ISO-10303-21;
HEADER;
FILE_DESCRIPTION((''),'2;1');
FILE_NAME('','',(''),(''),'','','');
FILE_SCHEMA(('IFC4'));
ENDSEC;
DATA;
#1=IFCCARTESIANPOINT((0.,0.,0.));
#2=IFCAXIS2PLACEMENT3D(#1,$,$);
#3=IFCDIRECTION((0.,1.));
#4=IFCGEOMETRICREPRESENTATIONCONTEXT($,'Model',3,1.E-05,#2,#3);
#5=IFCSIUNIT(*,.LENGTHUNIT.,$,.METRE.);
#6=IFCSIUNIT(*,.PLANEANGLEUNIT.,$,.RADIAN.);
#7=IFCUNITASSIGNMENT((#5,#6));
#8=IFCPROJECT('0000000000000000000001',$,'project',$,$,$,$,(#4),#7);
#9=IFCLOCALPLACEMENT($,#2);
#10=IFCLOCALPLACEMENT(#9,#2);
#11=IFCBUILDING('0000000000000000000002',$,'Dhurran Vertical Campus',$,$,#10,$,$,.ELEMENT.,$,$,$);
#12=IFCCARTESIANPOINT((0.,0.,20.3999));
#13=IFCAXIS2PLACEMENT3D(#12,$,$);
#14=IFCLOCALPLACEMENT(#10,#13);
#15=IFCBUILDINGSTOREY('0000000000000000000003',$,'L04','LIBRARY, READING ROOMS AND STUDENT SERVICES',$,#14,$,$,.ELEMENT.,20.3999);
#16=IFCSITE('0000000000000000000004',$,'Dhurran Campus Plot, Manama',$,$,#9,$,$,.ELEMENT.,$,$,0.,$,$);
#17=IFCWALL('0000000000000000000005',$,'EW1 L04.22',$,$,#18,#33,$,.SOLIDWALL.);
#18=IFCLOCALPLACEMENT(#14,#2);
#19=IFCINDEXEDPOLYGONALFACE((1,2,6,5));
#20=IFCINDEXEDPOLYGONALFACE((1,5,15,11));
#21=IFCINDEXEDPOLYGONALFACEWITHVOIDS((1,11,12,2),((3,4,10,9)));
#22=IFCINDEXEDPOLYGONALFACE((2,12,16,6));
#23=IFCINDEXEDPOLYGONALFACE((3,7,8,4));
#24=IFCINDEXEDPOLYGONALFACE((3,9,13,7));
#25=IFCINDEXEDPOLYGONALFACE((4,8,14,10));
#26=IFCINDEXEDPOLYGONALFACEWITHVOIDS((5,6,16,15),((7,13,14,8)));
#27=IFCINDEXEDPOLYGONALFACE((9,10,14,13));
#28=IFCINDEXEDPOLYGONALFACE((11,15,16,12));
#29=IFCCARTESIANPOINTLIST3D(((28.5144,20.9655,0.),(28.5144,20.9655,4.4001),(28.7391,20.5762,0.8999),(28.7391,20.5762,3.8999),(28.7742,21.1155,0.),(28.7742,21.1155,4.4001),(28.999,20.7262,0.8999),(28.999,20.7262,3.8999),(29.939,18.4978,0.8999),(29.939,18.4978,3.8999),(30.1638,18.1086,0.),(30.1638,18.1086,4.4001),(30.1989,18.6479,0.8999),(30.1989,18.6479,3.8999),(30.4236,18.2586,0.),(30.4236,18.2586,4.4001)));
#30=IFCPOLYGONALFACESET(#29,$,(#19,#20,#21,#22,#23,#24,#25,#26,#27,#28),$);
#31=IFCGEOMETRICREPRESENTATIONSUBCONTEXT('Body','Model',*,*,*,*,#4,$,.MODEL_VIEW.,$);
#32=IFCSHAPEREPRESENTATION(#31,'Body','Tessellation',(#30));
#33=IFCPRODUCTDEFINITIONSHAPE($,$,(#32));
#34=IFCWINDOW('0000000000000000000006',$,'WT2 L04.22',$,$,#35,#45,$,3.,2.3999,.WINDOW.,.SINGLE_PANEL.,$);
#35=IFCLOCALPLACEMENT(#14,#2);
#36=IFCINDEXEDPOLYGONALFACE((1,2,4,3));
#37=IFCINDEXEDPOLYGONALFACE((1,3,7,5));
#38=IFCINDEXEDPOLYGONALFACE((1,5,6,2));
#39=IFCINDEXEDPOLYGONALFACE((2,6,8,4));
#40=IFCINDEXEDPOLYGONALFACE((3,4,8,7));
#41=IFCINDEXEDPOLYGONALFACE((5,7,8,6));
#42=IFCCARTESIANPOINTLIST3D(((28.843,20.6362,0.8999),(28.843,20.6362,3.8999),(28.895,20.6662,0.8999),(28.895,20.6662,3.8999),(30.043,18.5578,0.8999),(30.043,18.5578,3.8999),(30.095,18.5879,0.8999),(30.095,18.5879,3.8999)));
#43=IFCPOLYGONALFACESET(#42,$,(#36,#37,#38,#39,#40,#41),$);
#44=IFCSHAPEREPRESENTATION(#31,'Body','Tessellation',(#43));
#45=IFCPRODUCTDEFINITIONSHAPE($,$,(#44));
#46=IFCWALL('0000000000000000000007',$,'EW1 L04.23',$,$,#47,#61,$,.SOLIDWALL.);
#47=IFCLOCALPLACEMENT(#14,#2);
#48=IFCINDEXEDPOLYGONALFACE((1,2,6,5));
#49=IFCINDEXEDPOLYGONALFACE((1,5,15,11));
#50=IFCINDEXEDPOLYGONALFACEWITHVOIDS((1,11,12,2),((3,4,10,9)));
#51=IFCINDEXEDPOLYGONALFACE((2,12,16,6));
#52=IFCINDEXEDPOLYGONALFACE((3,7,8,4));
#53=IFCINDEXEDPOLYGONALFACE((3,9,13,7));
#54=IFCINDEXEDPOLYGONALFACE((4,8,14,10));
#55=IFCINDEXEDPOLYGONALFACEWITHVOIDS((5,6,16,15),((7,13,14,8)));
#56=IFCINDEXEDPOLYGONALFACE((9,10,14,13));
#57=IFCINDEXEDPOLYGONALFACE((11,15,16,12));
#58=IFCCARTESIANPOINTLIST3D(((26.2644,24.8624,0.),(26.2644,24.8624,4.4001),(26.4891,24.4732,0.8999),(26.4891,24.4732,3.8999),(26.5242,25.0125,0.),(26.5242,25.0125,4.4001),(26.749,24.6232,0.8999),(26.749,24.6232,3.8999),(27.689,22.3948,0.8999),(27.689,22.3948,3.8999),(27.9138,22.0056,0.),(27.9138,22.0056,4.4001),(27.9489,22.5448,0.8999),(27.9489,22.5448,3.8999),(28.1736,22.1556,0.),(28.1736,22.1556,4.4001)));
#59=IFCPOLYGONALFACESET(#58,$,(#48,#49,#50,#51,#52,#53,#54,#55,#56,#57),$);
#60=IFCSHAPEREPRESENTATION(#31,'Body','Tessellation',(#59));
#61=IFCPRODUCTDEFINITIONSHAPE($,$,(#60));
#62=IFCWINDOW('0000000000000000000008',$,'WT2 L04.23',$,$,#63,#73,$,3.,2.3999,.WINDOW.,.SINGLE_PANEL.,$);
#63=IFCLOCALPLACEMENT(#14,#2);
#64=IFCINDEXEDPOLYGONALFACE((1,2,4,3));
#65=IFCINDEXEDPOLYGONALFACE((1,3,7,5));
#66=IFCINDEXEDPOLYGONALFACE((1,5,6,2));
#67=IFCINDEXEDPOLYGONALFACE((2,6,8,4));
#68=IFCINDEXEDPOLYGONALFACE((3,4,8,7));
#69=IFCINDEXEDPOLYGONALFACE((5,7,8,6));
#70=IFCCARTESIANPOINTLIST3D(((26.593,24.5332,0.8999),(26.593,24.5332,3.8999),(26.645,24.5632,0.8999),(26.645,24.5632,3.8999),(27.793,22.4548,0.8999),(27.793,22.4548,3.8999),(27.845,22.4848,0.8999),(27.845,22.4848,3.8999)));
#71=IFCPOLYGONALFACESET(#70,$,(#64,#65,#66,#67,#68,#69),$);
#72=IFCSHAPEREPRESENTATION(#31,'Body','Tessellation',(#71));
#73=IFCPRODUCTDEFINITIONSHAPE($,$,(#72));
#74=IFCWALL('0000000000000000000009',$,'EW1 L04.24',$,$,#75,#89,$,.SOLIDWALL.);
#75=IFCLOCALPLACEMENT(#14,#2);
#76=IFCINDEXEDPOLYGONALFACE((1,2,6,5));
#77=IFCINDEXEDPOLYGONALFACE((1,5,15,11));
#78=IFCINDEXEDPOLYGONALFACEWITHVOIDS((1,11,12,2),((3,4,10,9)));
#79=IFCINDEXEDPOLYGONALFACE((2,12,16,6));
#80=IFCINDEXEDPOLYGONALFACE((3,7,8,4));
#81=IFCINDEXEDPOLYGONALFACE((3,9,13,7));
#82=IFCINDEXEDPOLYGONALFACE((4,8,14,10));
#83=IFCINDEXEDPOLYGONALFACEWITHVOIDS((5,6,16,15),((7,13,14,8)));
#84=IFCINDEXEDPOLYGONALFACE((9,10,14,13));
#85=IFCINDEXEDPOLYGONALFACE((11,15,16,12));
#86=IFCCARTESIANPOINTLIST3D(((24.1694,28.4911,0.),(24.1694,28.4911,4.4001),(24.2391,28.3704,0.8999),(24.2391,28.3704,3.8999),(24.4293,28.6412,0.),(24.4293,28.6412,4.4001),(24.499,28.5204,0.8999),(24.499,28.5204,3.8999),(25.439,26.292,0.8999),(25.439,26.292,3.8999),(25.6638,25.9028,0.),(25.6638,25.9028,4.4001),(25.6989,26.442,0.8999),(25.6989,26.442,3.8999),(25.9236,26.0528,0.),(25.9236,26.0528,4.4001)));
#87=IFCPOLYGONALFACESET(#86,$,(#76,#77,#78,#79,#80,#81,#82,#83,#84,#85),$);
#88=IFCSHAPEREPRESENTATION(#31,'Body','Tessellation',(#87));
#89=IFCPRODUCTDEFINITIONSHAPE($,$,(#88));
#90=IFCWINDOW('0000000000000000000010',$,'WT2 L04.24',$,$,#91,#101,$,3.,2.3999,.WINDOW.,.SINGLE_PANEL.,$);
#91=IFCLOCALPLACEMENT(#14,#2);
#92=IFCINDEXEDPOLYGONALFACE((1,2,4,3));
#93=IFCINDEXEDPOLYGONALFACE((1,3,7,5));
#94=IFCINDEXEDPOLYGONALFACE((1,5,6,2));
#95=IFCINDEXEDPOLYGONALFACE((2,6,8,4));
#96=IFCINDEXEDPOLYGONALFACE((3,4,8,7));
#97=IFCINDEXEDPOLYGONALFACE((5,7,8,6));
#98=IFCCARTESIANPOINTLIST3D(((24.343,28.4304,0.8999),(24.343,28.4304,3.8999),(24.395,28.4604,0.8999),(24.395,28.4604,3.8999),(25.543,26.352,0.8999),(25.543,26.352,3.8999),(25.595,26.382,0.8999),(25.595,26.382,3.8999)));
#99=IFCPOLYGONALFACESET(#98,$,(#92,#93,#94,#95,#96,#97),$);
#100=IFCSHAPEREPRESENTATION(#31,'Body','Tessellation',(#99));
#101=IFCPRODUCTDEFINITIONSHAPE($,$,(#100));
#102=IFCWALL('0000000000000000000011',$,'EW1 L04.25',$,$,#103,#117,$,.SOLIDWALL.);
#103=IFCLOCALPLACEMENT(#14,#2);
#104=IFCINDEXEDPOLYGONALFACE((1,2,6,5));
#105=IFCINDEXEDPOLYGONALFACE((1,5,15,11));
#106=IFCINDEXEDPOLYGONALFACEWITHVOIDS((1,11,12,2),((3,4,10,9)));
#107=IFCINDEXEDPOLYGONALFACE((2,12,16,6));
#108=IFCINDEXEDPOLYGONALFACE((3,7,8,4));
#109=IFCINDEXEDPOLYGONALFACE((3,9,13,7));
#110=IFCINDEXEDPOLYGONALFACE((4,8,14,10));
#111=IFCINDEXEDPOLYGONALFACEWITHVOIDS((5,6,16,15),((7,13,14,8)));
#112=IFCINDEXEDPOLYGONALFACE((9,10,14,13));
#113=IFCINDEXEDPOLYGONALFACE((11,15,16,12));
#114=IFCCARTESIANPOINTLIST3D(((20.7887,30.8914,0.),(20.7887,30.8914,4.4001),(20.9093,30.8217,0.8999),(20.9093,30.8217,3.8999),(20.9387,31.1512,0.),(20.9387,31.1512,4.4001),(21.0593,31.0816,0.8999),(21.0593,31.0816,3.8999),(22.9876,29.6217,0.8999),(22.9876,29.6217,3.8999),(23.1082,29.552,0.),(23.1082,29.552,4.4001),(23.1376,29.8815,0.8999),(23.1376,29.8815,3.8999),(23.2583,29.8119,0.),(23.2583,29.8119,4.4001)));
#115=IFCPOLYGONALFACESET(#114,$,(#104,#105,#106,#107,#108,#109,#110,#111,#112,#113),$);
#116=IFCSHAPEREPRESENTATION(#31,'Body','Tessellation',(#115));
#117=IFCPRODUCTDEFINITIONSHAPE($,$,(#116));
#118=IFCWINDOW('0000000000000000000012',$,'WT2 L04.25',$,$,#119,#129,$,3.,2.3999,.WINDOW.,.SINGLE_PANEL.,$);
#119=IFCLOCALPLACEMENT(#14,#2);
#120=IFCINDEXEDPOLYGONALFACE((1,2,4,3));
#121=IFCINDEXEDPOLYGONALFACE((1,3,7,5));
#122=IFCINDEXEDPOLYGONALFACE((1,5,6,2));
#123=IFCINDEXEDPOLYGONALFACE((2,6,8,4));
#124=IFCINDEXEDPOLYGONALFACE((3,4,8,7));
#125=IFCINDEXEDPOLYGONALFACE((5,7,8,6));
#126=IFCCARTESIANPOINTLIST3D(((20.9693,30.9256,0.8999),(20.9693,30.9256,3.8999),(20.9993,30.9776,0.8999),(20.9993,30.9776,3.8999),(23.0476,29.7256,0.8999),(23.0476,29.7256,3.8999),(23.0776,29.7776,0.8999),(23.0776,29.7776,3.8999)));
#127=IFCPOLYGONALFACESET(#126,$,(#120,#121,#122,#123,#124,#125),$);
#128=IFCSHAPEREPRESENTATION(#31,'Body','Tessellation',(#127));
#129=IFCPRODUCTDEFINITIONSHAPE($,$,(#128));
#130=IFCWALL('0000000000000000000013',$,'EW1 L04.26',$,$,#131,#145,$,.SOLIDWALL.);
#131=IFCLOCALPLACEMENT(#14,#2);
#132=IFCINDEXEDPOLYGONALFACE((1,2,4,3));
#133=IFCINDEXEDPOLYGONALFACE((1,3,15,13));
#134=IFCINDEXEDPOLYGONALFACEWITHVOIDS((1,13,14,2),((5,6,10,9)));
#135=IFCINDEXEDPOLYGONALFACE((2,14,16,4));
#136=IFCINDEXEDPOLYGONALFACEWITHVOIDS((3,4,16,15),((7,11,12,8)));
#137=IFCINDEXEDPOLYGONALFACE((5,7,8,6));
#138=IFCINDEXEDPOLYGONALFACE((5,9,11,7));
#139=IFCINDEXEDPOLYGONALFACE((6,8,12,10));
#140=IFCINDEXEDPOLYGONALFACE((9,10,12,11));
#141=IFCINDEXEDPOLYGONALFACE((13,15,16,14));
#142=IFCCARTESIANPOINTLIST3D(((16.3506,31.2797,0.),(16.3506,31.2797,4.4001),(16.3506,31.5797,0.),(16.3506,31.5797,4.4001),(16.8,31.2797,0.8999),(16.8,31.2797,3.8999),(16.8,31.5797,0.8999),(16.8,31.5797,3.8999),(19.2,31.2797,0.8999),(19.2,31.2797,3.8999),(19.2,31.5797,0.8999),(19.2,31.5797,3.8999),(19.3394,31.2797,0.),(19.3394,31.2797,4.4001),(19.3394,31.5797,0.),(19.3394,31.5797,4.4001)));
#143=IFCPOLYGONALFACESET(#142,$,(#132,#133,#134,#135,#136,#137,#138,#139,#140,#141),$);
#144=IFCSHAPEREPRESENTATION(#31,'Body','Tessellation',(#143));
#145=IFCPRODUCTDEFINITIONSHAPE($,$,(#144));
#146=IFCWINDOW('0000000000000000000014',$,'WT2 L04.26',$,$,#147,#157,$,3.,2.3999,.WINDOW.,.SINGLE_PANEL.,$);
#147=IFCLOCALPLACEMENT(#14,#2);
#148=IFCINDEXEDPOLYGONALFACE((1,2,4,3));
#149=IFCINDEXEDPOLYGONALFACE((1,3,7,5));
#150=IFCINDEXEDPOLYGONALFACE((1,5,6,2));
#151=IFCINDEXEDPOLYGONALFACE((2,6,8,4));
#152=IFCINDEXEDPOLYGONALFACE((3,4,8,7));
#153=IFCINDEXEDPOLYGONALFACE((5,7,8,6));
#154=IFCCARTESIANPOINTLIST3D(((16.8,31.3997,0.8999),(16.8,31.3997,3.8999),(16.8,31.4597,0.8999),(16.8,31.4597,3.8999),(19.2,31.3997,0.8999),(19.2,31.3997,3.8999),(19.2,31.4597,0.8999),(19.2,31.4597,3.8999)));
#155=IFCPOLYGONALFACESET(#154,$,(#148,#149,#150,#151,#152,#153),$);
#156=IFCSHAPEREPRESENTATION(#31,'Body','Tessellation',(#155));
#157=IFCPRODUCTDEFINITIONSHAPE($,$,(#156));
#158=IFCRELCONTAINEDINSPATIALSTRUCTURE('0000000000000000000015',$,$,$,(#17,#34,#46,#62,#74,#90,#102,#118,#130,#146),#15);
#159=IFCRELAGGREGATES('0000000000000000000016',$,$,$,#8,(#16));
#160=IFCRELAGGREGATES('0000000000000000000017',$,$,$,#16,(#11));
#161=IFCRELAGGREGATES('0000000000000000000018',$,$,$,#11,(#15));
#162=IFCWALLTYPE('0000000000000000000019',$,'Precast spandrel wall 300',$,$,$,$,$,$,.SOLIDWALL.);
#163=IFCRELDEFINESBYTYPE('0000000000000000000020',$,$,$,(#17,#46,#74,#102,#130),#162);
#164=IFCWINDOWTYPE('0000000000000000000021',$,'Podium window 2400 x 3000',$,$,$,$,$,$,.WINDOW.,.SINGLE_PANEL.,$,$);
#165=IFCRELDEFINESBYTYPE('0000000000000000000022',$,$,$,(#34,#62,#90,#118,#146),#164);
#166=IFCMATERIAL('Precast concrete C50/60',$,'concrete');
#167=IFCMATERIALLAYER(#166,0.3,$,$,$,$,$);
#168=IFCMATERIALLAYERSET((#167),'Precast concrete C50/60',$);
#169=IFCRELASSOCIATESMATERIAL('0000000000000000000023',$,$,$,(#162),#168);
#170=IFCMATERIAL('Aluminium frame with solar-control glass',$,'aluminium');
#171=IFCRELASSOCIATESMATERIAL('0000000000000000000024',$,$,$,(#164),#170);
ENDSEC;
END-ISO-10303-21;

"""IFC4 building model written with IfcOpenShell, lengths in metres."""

from ifc_helpers import new_model, si_unit, direction, frame, frame_2d, origin, place, context, subcontext, project, spatial, rectangle, extrude, material, layer, layer_set, type_object, element, fill, save


model = new_model("IFC4")

# Units and contexts
model_context = context("Model", 3, precision=1e-05, world=origin(), true_north=direction((0.0, 1.0)))
body_context = subcontext(model_context, "Body", "Model", "MODEL_VIEW")
ifc_project = project(units=[si_unit("LENGTHUNIT", "METRE"), si_unit("PLANEANGLEUNIT", "RADIAN")], contexts=[model_context])

# Site, building, storey
site_placement = place(None, origin())
site = spatial("IfcSite", under=ifc_project, at=site_placement, Name="Dhurran Campus Plot, Manama", CompositionType="ELEMENT", RefElevation=0.0)
building_placement = place(site_placement, origin())
building = spatial("IfcBuilding", under=site, at=building_placement, Name="Dhurran Vertical Campus", CompositionType="ELEMENT")
storey_placement = place(building_placement, frame((0.0, 0.0, 20.3999)))
storey = spatial("IfcBuildingStorey", under=building, at=storey_placement, Name="L04", Description="LIBRARY, READING ROOMS AND STUDENT SERVICES", CompositionType="ELEMENT", Elevation=20.3999)

# Walls, openings, windows
ifc_material_1 = material(Name="Precast concrete C50/60", Category="concrete")
ifc_layer_1 = layer(ifc_material_1, 0.3)
ifc_layer_set_1 = layer_set([ifc_layer_1], Name="Precast concrete C50/60")
wall_type_1 = type_object("IfcWallType", Name="Precast spandrel wall 300", PredefinedType="SOLIDWALL", material=ifc_layer_set_1)
ifc_material_2 = material(Name="Aluminium frame with solar-control glass", Category="aluminium")
window_type = type_object("IfcWindowType", Name="Podium window 2400 x 3000", PartitioningType="SINGLE_PANEL", PredefinedType="WINDOW", material=ifc_material_2)
wall_1_placement = place(storey_placement, frame((30.2937, 18.1836, 0.0), z_axis=(0.0, 0.0, 1.0), x_axis=(-0.499992, 0.86603, 0.0)))
wall_1 = element("IfcWall", 1, at=wall_1_placement, inside=storey, type_object=wall_type_1, Name="EW1 L04.22", PredefinedType="SOLIDWALL", context=body_context, shape_type="SweptSolid", body=[
    extrude(rectangle(XDim=3.2988, YDim=0.3, at=frame_2d((1.6494, 0.0))), origin(), (0.0, 0.0, 1.0), 4.4001),
])
opening_1_placement = place(wall_1_placement, frame((0.4495, 0.0, 0.8999)))
opening_1 = element("IfcOpeningElement", 2, at=opening_1_placement, cuts=wall_1, PredefinedType="OPENING", context=body_context, shape_type="SweptSolid", body=[
    extrude(rectangle(XDim=2.3999, YDim=3.0, at=frame_2d((1.2, 1.5))), frame((0.0, 0.1599, 0.0), z_axis=(0.0, -1.0, 0.0), x_axis=(1.0, 0.0, 0.0)), (0.0, 0.0, 1.0), 0.3201),
])
window_1_placement = place(opening_1_placement, origin())
window_1 = element("IfcWindow", 3, at=window_1_placement, inside=storey, type_object=window_type, Name="WT2 L04.22", OverallHeight=3.0, OverallWidth=2.3999, PartitioningType="SINGLE_PANEL", PredefinedType="WINDOW", context=body_context, shape_type="SweptSolid", body=[
    extrude(rectangle(XDim=2.3999, YDim=3.0, at=frame_2d((1.2, 1.5))), frame((0.0, 0.03, 0.0), z_axis=(0.0, -1.0, 0.0), x_axis=(1.0, 0.0, 0.0)), (0.0, 0.0, 1.0), 0.0601),
])
fill(opening_1, window_1)
wall_2_placement = place(storey_placement, frame((28.0437, 22.0806, 0.0), z_axis=(0.0, 0.0, 1.0), x_axis=(-0.499992, 0.86603, 0.0)))
wall_2 = element("IfcWall", 4, at=wall_2_placement, inside=storey, type_object=wall_type_1, Name="EW1 L04.23", PredefinedType="SOLIDWALL", context=body_context, shape_type="SweptSolid", body=[
    extrude(rectangle(XDim=3.2988, YDim=0.3, at=frame_2d((1.6494, 0.0))), origin(), (0.0, 0.0, 1.0), 4.4001),
])
opening_2_placement = place(wall_2_placement, frame((0.4495, 0.0, 0.8999)))
opening_2 = element("IfcOpeningElement", 5, at=opening_2_placement, cuts=wall_2, PredefinedType="OPENING", context=body_context, shape_type="SweptSolid", body=[
    extrude(rectangle(XDim=2.3999, YDim=3.0, at=frame_2d((1.2, 1.5))), frame((0.0, 0.1599, 0.0), z_axis=(0.0, -1.0, 0.0), x_axis=(1.0, 0.0, 0.0)), (0.0, 0.0, 1.0), 0.3201),
])
window_2_placement = place(opening_2_placement, origin())
window_2 = element("IfcWindow", 6, at=window_2_placement, inside=storey, type_object=window_type, Name="WT2 L04.23", OverallHeight=3.0, OverallWidth=2.3999, PartitioningType="SINGLE_PANEL", PredefinedType="WINDOW", context=body_context, shape_type="SweptSolid", body=[
    extrude(rectangle(XDim=2.3999, YDim=3.0, at=frame_2d((1.2, 1.5))), frame((0.0, 0.03, 0.0), z_axis=(0.0, -1.0, 0.0), x_axis=(1.0, 0.0, 0.0)), (0.0, 0.0, 1.0), 0.0601),
])
fill(opening_2, window_2)
wall_3_placement = place(storey_placement, frame((25.7937, 25.9778, 0.0), z_axis=(0.0, 0.0, 1.0), x_axis=(-0.499996, 0.866028, 0.0)))
wall_3 = element("IfcWall", 7, at=wall_3_placement, inside=storey, type_object=wall_type_1, Name="EW1 L04.24", PredefinedType="SOLIDWALL", context=body_context, shape_type="SweptSolid", body=[
    extrude(rectangle(XDim=2.9888, YDim=0.3, at=frame_2d((1.4944, 0.0))), origin(), (0.0, 0.0, 1.0), 4.4001),
])
opening_3_placement = place(wall_3_placement, frame((0.4495, 0.0, 0.8999)))
opening_3 = element("IfcOpeningElement", 8, at=opening_3_placement, cuts=wall_3, PredefinedType="OPENING", context=body_context, shape_type="SweptSolid", body=[
    extrude(rectangle(XDim=2.3999, YDim=3.0, at=frame_2d((1.2, 1.5))), frame((0.0, 0.1599, 0.0), z_axis=(0.0, -1.0, 0.0), x_axis=(1.0, 0.0, 0.0)), (0.0, 0.0, 1.0), 0.3201),
])
window_3_placement = place(opening_3_placement, origin())
window_3 = element("IfcWindow", 9, at=window_3_placement, inside=storey, type_object=window_type, Name="WT2 L04.24", OverallHeight=3.0, OverallWidth=2.3999, PartitioningType="SINGLE_PANEL", PredefinedType="WINDOW", context=body_context, shape_type="SweptSolid", body=[
    extrude(rectangle(XDim=2.3999, YDim=3.0, at=frame_2d((1.2, 1.5))), frame((0.0, 0.03, 0.0), z_axis=(0.0, -1.0, 0.0), x_axis=(1.0, 0.0, 0.0)), (0.0, 0.0, 1.0), 0.0601),
])
fill(opening_3, window_3)
wall_4_placement = place(storey_placement, frame((23.1833, 29.6819, 0.0), z_axis=(0.0, 0.0, 1.0), x_axis=(-0.866002, 0.500041, 0.0)))
wall_4 = element("IfcWall", 10, at=wall_4_placement, inside=storey, type_object=wall_type_1, Name="EW1 L04.25", PredefinedType="SOLIDWALL", context=body_context, shape_type="SweptSolid", body=[
    extrude(rectangle(XDim=2.6785, YDim=0.3, at=frame_2d((1.3394, 0.0))), origin(), (0.0, 0.0, 1.0), 4.4001),
])
opening_4_placement = place(wall_4_placement, frame((0.1394, 0.0, 0.8999)))
opening_4 = element("IfcOpeningElement", 11, at=opening_4_placement, cuts=wall_4, PredefinedType="OPENING", context=body_context, shape_type="SweptSolid", body=[
    extrude(rectangle(XDim=2.3999, YDim=3.0, at=frame_2d((1.2, 1.5))), frame((0.0, 0.1599, 0.0), z_axis=(0.0, -1.0, 0.0), x_axis=(1.0, 0.0, 0.0)), (0.0, 0.0, 1.0), 0.3201),
])
window_4_placement = place(opening_4_placement, origin())
window_4 = element("IfcWindow", 12, at=window_4_placement, inside=storey, type_object=window_type, Name="WT2 L04.25", OverallHeight=3.0, OverallWidth=2.3999, PartitioningType="SINGLE_PANEL", PredefinedType="WINDOW", context=body_context, shape_type="SweptSolid", body=[
    extrude(rectangle(XDim=2.3999, YDim=3.0, at=frame_2d((1.2, 1.5))), frame((0.0, 0.03, 0.0), z_axis=(0.0, -1.0, 0.0), x_axis=(1.0, 0.0, 0.0)), (0.0, 0.0, 1.0), 0.0601),
])
fill(opening_4, window_4)
wall_5_placement = place(storey_placement, frame((19.3394, 31.4297, 0.0), z_axis=(0.0, 0.0, 1.0), x_axis=(-1.0, 0.0, 0.0)))
wall_5 = element("IfcWall", 13, at=wall_5_placement, inside=storey, type_object=wall_type_1, Name="EW1 L04.26", PredefinedType="SOLIDWALL", context=body_context, shape_type="SweptSolid", body=[
    extrude(rectangle(XDim=2.9888, YDim=0.3, at=frame_2d((1.4944, 0.0))), origin(), (0.0, 0.0, 1.0), 4.4001),
])
opening_5_placement = place(wall_5_placement, frame((0.1394, 0.0, 0.8999)))
opening_5 = element("IfcOpeningElement", 14, at=opening_5_placement, cuts=wall_5, PredefinedType="OPENING", context=body_context, shape_type="SweptSolid", body=[
    extrude(rectangle(XDim=2.3999, YDim=3.0, at=frame_2d((1.2, 1.5))), frame((0.0, 0.1599, 0.0), z_axis=(0.0, -1.0, 0.0), x_axis=(1.0, 0.0, 0.0)), (0.0, 0.0, 1.0), 0.3201),
])
window_5_placement = place(opening_5_placement, origin())
window_5 = element("IfcWindow", 15, at=window_5_placement, inside=storey, type_object=window_type, Name="WT2 L04.26", OverallHeight=3.0, OverallWidth=2.3999, PartitioningType="SINGLE_PANEL", PredefinedType="WINDOW", context=body_context, shape_type="SweptSolid", body=[
    extrude(rectangle(XDim=2.3999, YDim=3.0, at=frame_2d((1.2, 1.5))), frame((0.0, 0.03, 0.0), z_axis=(0.0, -1.0, 0.0), x_axis=(1.0, 0.0, 0.0)), (0.0, 0.0, 1.0), 0.0601),
])
fill(opening_5, window_5)

save(model, "model.ifc")
